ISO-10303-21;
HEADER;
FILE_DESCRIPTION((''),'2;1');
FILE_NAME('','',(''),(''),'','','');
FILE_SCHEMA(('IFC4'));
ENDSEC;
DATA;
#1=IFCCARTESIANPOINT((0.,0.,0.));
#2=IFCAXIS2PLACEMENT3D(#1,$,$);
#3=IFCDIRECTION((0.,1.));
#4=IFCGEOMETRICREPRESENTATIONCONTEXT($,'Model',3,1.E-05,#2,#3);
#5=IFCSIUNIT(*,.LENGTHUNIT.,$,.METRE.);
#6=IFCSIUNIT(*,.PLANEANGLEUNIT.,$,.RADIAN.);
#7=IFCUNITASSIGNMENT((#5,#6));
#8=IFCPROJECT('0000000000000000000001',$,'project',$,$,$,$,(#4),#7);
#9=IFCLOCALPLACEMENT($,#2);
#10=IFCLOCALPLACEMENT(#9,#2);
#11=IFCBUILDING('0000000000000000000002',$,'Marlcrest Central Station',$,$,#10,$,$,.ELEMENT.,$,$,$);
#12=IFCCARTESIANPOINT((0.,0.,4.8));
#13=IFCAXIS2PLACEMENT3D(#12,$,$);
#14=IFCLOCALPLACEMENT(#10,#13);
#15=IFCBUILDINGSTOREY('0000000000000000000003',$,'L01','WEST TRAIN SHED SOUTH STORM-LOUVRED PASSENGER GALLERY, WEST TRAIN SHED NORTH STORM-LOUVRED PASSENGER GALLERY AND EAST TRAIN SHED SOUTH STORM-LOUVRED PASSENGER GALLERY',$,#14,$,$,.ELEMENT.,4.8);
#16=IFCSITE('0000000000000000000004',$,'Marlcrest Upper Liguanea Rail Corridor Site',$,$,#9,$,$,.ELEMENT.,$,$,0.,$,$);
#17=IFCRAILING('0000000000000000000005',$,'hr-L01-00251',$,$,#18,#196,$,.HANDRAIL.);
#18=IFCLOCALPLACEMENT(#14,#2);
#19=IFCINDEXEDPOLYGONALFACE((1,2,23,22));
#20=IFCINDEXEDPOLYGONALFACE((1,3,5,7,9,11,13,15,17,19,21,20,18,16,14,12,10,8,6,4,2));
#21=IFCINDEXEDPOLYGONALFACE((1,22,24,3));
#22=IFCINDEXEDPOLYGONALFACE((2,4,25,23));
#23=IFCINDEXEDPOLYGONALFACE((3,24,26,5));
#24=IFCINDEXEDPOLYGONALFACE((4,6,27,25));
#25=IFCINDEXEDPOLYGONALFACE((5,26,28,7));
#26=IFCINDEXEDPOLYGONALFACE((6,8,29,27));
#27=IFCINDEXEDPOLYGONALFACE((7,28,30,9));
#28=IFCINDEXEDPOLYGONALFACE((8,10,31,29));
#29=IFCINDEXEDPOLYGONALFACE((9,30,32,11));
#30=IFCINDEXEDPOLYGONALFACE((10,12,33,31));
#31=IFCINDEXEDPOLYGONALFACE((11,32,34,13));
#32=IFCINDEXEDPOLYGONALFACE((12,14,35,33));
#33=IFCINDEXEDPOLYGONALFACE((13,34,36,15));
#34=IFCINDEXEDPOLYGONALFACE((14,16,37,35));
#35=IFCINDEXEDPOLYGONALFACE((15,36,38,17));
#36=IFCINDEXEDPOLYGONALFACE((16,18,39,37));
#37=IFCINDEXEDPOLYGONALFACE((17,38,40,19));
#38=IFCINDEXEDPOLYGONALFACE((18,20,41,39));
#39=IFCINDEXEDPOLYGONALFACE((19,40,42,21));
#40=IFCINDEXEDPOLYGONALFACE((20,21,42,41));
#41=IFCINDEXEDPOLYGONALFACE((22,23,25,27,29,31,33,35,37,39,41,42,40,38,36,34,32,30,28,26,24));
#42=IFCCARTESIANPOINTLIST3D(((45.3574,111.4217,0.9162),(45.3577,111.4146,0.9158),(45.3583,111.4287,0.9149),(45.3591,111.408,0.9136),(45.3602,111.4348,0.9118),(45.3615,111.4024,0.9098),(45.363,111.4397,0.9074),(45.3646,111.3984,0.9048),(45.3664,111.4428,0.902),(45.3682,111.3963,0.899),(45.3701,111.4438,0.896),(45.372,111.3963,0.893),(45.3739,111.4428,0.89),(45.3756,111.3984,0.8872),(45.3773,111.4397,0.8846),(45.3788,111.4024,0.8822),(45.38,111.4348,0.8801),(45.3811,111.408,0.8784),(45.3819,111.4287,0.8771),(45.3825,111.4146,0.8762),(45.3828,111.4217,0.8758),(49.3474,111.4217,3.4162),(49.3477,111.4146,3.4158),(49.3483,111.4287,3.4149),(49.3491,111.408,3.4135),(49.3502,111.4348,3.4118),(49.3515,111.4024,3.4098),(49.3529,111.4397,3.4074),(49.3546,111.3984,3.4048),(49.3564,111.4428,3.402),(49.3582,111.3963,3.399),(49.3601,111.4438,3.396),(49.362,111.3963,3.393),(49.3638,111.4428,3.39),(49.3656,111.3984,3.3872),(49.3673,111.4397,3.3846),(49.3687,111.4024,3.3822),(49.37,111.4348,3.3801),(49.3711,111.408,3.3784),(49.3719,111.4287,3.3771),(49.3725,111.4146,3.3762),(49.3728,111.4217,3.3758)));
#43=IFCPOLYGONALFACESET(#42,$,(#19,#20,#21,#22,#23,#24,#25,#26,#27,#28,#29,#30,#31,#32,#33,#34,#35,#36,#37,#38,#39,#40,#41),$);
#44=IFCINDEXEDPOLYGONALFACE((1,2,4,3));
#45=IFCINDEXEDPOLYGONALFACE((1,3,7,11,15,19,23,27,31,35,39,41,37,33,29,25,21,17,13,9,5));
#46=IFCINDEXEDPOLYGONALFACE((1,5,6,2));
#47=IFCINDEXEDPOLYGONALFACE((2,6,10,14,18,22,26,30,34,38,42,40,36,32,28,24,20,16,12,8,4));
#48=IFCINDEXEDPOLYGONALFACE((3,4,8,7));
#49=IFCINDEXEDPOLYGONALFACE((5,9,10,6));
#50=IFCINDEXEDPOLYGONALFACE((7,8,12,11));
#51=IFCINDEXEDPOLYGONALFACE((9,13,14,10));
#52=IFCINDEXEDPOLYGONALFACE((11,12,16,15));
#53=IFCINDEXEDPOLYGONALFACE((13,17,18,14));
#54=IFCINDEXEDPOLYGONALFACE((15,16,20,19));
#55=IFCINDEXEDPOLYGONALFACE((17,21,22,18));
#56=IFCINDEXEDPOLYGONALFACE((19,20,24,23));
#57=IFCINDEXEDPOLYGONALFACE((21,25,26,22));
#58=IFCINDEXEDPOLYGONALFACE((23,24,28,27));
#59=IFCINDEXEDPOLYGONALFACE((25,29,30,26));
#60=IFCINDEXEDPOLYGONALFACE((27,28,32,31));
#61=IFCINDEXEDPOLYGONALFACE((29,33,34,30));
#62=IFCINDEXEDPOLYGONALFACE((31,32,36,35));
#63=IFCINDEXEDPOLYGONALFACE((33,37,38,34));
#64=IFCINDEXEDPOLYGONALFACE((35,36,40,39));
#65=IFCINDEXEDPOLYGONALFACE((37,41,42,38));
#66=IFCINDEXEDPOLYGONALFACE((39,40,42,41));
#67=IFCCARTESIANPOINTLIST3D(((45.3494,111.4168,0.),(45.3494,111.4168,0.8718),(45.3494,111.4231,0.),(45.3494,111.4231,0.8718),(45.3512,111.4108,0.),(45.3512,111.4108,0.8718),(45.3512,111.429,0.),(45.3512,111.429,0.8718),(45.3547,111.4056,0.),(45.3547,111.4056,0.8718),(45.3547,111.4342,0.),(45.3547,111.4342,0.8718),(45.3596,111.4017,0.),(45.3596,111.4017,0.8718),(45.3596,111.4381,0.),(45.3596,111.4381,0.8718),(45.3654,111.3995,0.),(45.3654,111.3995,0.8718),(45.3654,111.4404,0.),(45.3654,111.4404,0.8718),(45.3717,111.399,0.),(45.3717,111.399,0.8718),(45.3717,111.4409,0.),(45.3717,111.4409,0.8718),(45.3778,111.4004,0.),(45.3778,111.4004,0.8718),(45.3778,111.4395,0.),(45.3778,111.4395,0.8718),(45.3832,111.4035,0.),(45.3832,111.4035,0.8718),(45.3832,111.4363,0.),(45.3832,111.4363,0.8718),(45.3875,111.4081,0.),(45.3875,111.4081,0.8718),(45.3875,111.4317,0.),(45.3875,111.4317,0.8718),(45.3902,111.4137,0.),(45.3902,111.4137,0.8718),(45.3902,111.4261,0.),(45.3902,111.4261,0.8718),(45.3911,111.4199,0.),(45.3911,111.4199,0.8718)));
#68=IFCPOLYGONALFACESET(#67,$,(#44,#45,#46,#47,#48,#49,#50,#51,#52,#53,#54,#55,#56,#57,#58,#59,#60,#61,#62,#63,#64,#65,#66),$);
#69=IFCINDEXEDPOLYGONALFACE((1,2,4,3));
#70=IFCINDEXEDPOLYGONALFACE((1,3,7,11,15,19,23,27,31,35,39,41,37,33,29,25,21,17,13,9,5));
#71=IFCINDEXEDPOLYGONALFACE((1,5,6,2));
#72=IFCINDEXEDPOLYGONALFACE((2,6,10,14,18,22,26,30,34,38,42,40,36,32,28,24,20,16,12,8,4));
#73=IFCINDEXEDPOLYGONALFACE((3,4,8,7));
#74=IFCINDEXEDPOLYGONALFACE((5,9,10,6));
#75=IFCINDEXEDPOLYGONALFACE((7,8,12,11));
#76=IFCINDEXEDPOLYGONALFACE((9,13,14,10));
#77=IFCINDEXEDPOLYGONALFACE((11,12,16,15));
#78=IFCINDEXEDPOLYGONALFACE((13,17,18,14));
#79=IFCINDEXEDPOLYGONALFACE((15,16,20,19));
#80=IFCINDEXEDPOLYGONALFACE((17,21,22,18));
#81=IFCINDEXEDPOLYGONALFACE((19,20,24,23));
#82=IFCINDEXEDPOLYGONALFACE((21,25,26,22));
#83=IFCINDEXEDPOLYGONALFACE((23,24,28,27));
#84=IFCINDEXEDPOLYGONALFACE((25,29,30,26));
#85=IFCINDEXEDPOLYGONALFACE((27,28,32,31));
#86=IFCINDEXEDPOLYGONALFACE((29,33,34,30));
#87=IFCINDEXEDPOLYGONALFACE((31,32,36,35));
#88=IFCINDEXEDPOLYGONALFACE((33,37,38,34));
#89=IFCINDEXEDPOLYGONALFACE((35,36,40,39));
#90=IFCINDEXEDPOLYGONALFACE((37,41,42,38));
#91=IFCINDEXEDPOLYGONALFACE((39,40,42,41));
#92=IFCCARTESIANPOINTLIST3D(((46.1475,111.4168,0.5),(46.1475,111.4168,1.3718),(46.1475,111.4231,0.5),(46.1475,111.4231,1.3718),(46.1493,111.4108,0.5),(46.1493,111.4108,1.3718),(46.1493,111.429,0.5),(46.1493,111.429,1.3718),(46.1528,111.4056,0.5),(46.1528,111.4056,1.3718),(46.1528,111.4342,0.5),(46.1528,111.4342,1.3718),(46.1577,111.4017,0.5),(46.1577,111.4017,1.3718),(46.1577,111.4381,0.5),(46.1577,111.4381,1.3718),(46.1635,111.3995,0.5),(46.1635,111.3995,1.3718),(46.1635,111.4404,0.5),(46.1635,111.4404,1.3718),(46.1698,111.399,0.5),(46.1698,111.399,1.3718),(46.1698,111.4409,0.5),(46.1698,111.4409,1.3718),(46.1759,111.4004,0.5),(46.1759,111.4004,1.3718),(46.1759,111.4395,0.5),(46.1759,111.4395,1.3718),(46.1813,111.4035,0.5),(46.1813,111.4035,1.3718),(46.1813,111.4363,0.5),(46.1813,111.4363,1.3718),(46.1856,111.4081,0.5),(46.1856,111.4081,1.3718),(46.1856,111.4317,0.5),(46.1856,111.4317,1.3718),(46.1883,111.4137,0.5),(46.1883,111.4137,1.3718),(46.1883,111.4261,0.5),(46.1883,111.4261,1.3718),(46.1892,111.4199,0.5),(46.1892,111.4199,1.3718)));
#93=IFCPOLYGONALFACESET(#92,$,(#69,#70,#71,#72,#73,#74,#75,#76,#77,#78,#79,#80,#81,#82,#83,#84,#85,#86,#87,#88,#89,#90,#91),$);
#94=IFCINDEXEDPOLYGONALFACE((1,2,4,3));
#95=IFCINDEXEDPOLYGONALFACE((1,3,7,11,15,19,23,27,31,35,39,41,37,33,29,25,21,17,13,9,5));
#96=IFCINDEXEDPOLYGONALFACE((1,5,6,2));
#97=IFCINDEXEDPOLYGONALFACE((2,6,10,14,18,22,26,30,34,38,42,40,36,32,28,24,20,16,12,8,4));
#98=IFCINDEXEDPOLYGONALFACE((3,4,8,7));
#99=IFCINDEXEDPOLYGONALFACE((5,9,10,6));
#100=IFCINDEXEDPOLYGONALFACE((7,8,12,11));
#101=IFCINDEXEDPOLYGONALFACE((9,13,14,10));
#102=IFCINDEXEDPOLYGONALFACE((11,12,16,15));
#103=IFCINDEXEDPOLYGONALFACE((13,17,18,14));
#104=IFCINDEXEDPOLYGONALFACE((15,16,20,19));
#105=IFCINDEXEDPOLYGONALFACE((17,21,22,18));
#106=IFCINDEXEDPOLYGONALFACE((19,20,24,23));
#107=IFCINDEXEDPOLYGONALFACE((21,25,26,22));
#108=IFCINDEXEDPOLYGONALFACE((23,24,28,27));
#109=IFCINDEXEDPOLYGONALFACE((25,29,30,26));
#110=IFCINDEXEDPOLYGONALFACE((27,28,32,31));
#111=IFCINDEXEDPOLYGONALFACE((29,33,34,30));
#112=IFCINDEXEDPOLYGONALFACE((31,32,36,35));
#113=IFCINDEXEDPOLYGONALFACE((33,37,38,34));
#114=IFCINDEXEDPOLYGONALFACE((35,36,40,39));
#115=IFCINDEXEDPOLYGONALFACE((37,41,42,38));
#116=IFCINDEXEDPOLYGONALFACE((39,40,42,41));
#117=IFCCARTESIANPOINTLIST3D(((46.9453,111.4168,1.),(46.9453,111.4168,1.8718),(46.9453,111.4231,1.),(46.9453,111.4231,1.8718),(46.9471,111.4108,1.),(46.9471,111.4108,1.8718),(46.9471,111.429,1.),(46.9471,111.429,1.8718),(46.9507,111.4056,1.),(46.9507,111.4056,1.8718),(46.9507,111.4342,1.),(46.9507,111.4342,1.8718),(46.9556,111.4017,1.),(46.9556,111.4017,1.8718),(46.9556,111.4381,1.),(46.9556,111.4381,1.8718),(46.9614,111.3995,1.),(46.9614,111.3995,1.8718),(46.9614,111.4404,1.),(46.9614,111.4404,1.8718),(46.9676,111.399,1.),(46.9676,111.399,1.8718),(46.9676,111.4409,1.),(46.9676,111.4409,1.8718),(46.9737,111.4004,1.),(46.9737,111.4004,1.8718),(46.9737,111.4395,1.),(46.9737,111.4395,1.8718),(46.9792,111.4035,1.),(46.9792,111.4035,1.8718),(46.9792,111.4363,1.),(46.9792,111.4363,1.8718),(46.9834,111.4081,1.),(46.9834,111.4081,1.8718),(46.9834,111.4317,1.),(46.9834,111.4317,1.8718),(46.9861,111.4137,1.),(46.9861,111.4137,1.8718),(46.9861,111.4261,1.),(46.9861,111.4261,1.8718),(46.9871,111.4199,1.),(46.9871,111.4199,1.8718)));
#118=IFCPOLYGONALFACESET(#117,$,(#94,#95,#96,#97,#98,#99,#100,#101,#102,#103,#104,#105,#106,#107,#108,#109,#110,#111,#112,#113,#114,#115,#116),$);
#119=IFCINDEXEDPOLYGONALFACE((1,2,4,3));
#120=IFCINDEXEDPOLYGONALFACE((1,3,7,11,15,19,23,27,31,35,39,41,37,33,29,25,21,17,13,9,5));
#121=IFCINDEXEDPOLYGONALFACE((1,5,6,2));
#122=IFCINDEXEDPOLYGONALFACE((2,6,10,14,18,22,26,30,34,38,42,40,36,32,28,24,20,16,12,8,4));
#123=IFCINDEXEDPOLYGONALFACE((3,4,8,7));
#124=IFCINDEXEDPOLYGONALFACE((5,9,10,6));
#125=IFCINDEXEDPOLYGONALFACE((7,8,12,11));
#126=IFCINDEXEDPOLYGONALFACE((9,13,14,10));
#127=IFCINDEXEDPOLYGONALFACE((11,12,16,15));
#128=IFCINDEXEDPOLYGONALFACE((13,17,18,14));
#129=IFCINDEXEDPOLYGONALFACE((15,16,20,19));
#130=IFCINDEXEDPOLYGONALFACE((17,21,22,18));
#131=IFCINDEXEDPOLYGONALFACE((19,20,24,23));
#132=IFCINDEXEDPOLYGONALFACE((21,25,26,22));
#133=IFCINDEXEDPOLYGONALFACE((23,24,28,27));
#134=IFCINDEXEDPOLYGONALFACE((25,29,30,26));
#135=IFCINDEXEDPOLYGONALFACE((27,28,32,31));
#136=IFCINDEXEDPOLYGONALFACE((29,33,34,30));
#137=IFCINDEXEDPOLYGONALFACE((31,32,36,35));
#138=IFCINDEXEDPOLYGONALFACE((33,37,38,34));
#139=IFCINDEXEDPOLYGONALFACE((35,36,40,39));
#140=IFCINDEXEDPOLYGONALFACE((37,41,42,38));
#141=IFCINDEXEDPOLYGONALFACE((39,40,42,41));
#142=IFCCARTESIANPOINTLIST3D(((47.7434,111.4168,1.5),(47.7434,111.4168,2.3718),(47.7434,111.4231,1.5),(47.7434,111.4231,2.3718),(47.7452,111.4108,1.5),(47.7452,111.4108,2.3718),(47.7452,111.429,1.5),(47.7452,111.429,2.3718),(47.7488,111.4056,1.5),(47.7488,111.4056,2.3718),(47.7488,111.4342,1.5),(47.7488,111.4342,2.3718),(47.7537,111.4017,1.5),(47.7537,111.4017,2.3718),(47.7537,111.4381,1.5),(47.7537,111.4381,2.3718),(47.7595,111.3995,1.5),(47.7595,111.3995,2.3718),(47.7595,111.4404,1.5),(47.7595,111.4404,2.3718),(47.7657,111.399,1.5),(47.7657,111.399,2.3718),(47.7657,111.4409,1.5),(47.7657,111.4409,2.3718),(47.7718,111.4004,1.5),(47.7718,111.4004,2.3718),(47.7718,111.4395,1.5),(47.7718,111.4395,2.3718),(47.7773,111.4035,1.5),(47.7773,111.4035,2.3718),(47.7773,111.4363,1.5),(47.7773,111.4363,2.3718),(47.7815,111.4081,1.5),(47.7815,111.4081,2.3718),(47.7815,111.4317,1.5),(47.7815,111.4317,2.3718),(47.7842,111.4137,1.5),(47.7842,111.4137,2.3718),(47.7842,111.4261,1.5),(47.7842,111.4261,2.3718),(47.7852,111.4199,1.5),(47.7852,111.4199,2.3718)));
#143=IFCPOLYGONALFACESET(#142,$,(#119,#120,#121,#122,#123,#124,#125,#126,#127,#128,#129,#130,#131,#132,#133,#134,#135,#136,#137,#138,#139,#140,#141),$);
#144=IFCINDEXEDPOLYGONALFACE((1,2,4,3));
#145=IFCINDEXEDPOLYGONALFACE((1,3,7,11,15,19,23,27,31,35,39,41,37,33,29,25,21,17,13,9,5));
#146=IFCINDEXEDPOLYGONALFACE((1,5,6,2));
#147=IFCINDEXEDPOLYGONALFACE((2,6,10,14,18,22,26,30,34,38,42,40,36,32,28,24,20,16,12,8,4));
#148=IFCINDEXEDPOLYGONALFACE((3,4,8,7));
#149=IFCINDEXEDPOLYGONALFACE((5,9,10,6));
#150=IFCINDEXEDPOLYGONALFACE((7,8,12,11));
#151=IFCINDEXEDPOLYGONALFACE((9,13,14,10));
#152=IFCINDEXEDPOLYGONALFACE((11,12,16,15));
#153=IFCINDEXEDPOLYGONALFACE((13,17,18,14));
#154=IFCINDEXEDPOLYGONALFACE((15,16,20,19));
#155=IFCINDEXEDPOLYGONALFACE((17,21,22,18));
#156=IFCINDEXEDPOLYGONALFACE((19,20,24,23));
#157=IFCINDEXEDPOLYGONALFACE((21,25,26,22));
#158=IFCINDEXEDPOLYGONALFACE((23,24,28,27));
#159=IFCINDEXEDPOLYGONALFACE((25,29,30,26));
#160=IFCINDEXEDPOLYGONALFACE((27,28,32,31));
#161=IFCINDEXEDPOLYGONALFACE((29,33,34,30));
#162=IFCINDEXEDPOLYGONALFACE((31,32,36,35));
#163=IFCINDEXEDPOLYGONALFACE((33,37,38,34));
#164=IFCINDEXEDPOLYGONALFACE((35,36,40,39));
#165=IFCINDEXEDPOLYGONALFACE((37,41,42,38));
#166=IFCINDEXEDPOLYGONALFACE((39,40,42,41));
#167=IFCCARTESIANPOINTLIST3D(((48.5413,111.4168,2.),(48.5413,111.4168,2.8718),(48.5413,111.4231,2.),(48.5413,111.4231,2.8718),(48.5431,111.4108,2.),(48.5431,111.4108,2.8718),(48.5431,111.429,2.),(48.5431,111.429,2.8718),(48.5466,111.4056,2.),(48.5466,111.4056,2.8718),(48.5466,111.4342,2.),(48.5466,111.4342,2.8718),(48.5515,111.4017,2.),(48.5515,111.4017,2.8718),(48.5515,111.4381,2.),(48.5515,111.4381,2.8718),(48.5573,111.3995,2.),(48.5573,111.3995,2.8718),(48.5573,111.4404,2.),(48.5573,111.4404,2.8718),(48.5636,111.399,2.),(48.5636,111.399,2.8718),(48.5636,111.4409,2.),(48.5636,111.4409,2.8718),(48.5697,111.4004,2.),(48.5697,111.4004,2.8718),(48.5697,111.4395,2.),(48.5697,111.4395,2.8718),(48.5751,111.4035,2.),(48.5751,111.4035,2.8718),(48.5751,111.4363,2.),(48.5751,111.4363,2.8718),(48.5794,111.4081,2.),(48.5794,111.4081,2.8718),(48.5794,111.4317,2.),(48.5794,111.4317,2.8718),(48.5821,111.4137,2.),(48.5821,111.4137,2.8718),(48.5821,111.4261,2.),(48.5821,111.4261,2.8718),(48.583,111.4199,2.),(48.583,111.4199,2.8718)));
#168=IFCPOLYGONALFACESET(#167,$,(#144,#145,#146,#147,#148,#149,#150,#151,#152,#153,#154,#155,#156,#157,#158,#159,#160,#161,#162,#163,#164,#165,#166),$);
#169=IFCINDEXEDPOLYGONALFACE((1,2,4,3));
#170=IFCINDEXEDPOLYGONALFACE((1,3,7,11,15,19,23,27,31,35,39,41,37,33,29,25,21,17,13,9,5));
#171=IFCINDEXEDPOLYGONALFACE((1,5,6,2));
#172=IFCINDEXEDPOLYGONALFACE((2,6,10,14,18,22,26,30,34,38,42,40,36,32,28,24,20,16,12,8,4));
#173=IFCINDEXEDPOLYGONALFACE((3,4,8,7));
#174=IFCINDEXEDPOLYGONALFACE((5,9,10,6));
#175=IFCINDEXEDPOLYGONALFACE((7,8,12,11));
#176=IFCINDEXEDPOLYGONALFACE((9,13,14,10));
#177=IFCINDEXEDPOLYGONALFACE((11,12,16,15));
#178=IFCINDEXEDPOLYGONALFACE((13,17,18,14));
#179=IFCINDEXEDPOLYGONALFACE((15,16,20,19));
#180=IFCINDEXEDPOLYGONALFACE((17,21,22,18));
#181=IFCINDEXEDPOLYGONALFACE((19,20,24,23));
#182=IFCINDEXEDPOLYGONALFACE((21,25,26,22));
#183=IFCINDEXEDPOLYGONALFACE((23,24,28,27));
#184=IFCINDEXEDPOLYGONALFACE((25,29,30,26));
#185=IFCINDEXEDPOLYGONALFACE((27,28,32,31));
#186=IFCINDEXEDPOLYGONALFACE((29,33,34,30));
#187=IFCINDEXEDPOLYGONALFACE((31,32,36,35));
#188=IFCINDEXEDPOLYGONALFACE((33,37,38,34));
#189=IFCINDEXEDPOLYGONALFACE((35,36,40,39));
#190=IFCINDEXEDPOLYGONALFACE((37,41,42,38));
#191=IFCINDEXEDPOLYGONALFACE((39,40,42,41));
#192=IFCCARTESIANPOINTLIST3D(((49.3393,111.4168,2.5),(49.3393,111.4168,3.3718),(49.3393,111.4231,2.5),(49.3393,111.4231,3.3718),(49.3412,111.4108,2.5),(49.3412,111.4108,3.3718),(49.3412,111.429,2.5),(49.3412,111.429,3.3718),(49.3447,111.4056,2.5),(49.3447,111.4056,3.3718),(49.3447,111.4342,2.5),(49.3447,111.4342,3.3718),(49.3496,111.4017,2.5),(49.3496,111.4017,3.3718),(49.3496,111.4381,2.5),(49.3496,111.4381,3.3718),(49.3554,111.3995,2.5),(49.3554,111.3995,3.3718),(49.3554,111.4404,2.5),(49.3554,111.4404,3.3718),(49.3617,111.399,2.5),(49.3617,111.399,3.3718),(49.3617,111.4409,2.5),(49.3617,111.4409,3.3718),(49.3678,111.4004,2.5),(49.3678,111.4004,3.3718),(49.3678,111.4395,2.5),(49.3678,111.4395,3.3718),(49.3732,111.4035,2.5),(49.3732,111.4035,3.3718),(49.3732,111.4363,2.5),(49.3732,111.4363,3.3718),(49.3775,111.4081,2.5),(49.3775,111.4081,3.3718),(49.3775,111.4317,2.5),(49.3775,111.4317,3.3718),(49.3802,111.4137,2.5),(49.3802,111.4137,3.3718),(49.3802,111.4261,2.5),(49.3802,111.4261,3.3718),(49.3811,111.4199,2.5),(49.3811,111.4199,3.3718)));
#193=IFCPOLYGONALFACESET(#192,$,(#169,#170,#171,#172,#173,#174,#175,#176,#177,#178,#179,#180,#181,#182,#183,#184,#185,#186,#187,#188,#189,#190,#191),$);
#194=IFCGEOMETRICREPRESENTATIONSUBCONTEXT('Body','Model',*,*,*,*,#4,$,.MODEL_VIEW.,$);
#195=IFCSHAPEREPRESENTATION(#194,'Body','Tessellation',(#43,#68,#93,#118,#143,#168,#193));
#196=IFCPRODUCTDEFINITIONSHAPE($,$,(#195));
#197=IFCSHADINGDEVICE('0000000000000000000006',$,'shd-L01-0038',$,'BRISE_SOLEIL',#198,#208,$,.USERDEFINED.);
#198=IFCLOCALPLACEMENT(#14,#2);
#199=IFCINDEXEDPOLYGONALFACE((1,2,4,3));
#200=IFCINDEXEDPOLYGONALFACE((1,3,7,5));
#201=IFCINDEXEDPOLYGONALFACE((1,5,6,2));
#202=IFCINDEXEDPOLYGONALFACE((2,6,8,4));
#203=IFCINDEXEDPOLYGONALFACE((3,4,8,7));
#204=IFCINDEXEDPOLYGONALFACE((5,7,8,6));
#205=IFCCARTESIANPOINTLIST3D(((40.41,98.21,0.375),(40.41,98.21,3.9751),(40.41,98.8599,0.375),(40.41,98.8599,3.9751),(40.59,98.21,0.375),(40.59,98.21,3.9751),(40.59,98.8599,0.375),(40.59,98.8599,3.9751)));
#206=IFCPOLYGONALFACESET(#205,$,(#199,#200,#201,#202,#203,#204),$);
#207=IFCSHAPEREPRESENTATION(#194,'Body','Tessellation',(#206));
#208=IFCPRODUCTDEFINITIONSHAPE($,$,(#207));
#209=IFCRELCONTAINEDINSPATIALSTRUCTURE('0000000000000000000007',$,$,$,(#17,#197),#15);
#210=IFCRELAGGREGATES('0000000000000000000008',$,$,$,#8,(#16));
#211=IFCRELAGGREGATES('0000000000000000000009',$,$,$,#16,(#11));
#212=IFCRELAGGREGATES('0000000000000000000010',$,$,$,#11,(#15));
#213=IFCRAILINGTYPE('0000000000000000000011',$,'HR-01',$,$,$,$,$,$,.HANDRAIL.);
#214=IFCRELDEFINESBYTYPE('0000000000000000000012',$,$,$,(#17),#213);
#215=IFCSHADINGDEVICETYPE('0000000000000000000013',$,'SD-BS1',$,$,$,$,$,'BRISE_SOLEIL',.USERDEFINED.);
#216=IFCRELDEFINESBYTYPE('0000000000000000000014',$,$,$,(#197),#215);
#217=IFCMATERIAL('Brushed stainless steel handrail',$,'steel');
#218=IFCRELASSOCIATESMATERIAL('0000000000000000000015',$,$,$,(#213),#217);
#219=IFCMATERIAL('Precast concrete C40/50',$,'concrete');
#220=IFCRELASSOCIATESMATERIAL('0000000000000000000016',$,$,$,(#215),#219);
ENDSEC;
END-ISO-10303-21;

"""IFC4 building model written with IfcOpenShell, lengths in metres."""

from ifc_helpers import new_model, si_unit, direction, frame, origin, origin_2d, place, context, subcontext, project, spatial, rectangle, circle, extrude, material, type_object, element, save


model = new_model("IFC4")

# Units and contexts
model_context = context("Model", 3, precision=1e-05, world=origin(), true_north=direction((0.0, 1.0)))
body_context = subcontext(model_context, "Body", "Model", "MODEL_VIEW")
ifc_project = project(units=[si_unit("LENGTHUNIT", "METRE"), si_unit("PLANEANGLEUNIT", "RADIAN")], contexts=[model_context])

# Site, building, storey
site_placement = place(None, origin())
site = spatial("IfcSite", under=ifc_project, at=site_placement, Name="Marlcrest Upper Liguanea Rail Corridor Site", CompositionType="ELEMENT", RefElevation=0.0)
building_placement = place(site_placement, origin())
building = spatial("IfcBuilding", under=site, at=building_placement, Name="Marlcrest Central Station", CompositionType="ELEMENT")
storey_placement = place(building_placement, frame((0.0, 0.0, 4.8)))
storey = spatial("IfcBuildingStorey", under=building, at=storey_placement, Name="L01", Description="WEST TRAIN SHED SOUTH STORM-LOUVRED PASSENGER GALLERY, WEST TRAIN SHED NORTH STORM-LOUVRED PASSENGER GALLERY AND EAST TRAIN SHED SOUTH STORM-LOUVRED PASSENGER GALLERY", CompositionType="ELEMENT", Elevation=4.8)

# Railing
ifc_material_1 = material(Name="Brushed stainless steel handrail", Category="steel")
railing_type = type_object("IfcRailingType", Name="HR-01", PredefinedType="HANDRAIL", material=ifc_material_1)
railing_placement = place(storey_placement, frame((45.3701, 111.4199, 0.0)))
element("IfcRailing", 1, at=railing_placement, inside=storey, type_object=railing_type, Name="hr-L01-00251", PredefinedType="HANDRAIL", context=body_context, shape_type="SweptSolid", body=[
    extrude(circle(Radius=0.0239, at=origin_2d()), frame((0.0, 0.0, 0.896), z_axis=(0.847401, 0.0, 0.530954), x_axis=(0.0, 1.0, 0.0)), (0.0, 0.0, 1.0), 4.7085),
    extrude(circle(Radius=0.021, at=origin_2d()), origin(), (0.0, 0.0, 1.0), 0.8718),
    extrude(circle(Radius=0.021, at=origin_2d()), frame((0.7981, 0.0, 0.5)), (0.0, 0.0, 1.0), 0.8718),
    extrude(circle(Radius=0.021, at=origin_2d()), frame((1.5959, 0.0, 1.0)), (0.0, 0.0, 1.0), 0.8718),
    extrude(circle(Radius=0.021, at=origin_2d()), frame((2.394, 0.0, 1.5)), (0.0, 0.0, 1.0), 0.8718),
    extrude(circle(Radius=0.021, at=origin_2d()), frame((3.1919, 0.0, 2.0)), (0.0, 0.0, 1.0), 0.8718),
    extrude(circle(Radius=0.021, at=origin_2d()), frame((3.99, 0.0, 2.5)), (0.0, 0.0, 1.0), 0.8718),
])

# Shading device
ifc_material_2 = material(Name="Precast concrete C40/50", Category="concrete")
shading_device_type_1 = type_object("IfcShadingDeviceType", Name="SD-BS1", ElementType="BRISE_SOLEIL", PredefinedType="USERDEFINED", material=ifc_material_2)
shading_device_1_placement = place(storey_placement, frame((40.5, 98.5349, 0.375), z_axis=(0.0, 0.0, 1.0), x_axis=(1.0, 0.0, 0.0)))
element("IfcShadingDevice", 2, at=shading_device_1_placement, inside=storey, type_object=shading_device_type_1, Name="shd-L01-0038", ObjectType="BRISE_SOLEIL", PredefinedType="USERDEFINED", context=body_context, shape_type="SweptSolid", body=[
    extrude(rectangle(XDim=0.1799, YDim=0.6499, at=origin_2d()), origin(), (0.0, 0.0, 1.0), 3.6001),
])

save(model, "model.ifc")
